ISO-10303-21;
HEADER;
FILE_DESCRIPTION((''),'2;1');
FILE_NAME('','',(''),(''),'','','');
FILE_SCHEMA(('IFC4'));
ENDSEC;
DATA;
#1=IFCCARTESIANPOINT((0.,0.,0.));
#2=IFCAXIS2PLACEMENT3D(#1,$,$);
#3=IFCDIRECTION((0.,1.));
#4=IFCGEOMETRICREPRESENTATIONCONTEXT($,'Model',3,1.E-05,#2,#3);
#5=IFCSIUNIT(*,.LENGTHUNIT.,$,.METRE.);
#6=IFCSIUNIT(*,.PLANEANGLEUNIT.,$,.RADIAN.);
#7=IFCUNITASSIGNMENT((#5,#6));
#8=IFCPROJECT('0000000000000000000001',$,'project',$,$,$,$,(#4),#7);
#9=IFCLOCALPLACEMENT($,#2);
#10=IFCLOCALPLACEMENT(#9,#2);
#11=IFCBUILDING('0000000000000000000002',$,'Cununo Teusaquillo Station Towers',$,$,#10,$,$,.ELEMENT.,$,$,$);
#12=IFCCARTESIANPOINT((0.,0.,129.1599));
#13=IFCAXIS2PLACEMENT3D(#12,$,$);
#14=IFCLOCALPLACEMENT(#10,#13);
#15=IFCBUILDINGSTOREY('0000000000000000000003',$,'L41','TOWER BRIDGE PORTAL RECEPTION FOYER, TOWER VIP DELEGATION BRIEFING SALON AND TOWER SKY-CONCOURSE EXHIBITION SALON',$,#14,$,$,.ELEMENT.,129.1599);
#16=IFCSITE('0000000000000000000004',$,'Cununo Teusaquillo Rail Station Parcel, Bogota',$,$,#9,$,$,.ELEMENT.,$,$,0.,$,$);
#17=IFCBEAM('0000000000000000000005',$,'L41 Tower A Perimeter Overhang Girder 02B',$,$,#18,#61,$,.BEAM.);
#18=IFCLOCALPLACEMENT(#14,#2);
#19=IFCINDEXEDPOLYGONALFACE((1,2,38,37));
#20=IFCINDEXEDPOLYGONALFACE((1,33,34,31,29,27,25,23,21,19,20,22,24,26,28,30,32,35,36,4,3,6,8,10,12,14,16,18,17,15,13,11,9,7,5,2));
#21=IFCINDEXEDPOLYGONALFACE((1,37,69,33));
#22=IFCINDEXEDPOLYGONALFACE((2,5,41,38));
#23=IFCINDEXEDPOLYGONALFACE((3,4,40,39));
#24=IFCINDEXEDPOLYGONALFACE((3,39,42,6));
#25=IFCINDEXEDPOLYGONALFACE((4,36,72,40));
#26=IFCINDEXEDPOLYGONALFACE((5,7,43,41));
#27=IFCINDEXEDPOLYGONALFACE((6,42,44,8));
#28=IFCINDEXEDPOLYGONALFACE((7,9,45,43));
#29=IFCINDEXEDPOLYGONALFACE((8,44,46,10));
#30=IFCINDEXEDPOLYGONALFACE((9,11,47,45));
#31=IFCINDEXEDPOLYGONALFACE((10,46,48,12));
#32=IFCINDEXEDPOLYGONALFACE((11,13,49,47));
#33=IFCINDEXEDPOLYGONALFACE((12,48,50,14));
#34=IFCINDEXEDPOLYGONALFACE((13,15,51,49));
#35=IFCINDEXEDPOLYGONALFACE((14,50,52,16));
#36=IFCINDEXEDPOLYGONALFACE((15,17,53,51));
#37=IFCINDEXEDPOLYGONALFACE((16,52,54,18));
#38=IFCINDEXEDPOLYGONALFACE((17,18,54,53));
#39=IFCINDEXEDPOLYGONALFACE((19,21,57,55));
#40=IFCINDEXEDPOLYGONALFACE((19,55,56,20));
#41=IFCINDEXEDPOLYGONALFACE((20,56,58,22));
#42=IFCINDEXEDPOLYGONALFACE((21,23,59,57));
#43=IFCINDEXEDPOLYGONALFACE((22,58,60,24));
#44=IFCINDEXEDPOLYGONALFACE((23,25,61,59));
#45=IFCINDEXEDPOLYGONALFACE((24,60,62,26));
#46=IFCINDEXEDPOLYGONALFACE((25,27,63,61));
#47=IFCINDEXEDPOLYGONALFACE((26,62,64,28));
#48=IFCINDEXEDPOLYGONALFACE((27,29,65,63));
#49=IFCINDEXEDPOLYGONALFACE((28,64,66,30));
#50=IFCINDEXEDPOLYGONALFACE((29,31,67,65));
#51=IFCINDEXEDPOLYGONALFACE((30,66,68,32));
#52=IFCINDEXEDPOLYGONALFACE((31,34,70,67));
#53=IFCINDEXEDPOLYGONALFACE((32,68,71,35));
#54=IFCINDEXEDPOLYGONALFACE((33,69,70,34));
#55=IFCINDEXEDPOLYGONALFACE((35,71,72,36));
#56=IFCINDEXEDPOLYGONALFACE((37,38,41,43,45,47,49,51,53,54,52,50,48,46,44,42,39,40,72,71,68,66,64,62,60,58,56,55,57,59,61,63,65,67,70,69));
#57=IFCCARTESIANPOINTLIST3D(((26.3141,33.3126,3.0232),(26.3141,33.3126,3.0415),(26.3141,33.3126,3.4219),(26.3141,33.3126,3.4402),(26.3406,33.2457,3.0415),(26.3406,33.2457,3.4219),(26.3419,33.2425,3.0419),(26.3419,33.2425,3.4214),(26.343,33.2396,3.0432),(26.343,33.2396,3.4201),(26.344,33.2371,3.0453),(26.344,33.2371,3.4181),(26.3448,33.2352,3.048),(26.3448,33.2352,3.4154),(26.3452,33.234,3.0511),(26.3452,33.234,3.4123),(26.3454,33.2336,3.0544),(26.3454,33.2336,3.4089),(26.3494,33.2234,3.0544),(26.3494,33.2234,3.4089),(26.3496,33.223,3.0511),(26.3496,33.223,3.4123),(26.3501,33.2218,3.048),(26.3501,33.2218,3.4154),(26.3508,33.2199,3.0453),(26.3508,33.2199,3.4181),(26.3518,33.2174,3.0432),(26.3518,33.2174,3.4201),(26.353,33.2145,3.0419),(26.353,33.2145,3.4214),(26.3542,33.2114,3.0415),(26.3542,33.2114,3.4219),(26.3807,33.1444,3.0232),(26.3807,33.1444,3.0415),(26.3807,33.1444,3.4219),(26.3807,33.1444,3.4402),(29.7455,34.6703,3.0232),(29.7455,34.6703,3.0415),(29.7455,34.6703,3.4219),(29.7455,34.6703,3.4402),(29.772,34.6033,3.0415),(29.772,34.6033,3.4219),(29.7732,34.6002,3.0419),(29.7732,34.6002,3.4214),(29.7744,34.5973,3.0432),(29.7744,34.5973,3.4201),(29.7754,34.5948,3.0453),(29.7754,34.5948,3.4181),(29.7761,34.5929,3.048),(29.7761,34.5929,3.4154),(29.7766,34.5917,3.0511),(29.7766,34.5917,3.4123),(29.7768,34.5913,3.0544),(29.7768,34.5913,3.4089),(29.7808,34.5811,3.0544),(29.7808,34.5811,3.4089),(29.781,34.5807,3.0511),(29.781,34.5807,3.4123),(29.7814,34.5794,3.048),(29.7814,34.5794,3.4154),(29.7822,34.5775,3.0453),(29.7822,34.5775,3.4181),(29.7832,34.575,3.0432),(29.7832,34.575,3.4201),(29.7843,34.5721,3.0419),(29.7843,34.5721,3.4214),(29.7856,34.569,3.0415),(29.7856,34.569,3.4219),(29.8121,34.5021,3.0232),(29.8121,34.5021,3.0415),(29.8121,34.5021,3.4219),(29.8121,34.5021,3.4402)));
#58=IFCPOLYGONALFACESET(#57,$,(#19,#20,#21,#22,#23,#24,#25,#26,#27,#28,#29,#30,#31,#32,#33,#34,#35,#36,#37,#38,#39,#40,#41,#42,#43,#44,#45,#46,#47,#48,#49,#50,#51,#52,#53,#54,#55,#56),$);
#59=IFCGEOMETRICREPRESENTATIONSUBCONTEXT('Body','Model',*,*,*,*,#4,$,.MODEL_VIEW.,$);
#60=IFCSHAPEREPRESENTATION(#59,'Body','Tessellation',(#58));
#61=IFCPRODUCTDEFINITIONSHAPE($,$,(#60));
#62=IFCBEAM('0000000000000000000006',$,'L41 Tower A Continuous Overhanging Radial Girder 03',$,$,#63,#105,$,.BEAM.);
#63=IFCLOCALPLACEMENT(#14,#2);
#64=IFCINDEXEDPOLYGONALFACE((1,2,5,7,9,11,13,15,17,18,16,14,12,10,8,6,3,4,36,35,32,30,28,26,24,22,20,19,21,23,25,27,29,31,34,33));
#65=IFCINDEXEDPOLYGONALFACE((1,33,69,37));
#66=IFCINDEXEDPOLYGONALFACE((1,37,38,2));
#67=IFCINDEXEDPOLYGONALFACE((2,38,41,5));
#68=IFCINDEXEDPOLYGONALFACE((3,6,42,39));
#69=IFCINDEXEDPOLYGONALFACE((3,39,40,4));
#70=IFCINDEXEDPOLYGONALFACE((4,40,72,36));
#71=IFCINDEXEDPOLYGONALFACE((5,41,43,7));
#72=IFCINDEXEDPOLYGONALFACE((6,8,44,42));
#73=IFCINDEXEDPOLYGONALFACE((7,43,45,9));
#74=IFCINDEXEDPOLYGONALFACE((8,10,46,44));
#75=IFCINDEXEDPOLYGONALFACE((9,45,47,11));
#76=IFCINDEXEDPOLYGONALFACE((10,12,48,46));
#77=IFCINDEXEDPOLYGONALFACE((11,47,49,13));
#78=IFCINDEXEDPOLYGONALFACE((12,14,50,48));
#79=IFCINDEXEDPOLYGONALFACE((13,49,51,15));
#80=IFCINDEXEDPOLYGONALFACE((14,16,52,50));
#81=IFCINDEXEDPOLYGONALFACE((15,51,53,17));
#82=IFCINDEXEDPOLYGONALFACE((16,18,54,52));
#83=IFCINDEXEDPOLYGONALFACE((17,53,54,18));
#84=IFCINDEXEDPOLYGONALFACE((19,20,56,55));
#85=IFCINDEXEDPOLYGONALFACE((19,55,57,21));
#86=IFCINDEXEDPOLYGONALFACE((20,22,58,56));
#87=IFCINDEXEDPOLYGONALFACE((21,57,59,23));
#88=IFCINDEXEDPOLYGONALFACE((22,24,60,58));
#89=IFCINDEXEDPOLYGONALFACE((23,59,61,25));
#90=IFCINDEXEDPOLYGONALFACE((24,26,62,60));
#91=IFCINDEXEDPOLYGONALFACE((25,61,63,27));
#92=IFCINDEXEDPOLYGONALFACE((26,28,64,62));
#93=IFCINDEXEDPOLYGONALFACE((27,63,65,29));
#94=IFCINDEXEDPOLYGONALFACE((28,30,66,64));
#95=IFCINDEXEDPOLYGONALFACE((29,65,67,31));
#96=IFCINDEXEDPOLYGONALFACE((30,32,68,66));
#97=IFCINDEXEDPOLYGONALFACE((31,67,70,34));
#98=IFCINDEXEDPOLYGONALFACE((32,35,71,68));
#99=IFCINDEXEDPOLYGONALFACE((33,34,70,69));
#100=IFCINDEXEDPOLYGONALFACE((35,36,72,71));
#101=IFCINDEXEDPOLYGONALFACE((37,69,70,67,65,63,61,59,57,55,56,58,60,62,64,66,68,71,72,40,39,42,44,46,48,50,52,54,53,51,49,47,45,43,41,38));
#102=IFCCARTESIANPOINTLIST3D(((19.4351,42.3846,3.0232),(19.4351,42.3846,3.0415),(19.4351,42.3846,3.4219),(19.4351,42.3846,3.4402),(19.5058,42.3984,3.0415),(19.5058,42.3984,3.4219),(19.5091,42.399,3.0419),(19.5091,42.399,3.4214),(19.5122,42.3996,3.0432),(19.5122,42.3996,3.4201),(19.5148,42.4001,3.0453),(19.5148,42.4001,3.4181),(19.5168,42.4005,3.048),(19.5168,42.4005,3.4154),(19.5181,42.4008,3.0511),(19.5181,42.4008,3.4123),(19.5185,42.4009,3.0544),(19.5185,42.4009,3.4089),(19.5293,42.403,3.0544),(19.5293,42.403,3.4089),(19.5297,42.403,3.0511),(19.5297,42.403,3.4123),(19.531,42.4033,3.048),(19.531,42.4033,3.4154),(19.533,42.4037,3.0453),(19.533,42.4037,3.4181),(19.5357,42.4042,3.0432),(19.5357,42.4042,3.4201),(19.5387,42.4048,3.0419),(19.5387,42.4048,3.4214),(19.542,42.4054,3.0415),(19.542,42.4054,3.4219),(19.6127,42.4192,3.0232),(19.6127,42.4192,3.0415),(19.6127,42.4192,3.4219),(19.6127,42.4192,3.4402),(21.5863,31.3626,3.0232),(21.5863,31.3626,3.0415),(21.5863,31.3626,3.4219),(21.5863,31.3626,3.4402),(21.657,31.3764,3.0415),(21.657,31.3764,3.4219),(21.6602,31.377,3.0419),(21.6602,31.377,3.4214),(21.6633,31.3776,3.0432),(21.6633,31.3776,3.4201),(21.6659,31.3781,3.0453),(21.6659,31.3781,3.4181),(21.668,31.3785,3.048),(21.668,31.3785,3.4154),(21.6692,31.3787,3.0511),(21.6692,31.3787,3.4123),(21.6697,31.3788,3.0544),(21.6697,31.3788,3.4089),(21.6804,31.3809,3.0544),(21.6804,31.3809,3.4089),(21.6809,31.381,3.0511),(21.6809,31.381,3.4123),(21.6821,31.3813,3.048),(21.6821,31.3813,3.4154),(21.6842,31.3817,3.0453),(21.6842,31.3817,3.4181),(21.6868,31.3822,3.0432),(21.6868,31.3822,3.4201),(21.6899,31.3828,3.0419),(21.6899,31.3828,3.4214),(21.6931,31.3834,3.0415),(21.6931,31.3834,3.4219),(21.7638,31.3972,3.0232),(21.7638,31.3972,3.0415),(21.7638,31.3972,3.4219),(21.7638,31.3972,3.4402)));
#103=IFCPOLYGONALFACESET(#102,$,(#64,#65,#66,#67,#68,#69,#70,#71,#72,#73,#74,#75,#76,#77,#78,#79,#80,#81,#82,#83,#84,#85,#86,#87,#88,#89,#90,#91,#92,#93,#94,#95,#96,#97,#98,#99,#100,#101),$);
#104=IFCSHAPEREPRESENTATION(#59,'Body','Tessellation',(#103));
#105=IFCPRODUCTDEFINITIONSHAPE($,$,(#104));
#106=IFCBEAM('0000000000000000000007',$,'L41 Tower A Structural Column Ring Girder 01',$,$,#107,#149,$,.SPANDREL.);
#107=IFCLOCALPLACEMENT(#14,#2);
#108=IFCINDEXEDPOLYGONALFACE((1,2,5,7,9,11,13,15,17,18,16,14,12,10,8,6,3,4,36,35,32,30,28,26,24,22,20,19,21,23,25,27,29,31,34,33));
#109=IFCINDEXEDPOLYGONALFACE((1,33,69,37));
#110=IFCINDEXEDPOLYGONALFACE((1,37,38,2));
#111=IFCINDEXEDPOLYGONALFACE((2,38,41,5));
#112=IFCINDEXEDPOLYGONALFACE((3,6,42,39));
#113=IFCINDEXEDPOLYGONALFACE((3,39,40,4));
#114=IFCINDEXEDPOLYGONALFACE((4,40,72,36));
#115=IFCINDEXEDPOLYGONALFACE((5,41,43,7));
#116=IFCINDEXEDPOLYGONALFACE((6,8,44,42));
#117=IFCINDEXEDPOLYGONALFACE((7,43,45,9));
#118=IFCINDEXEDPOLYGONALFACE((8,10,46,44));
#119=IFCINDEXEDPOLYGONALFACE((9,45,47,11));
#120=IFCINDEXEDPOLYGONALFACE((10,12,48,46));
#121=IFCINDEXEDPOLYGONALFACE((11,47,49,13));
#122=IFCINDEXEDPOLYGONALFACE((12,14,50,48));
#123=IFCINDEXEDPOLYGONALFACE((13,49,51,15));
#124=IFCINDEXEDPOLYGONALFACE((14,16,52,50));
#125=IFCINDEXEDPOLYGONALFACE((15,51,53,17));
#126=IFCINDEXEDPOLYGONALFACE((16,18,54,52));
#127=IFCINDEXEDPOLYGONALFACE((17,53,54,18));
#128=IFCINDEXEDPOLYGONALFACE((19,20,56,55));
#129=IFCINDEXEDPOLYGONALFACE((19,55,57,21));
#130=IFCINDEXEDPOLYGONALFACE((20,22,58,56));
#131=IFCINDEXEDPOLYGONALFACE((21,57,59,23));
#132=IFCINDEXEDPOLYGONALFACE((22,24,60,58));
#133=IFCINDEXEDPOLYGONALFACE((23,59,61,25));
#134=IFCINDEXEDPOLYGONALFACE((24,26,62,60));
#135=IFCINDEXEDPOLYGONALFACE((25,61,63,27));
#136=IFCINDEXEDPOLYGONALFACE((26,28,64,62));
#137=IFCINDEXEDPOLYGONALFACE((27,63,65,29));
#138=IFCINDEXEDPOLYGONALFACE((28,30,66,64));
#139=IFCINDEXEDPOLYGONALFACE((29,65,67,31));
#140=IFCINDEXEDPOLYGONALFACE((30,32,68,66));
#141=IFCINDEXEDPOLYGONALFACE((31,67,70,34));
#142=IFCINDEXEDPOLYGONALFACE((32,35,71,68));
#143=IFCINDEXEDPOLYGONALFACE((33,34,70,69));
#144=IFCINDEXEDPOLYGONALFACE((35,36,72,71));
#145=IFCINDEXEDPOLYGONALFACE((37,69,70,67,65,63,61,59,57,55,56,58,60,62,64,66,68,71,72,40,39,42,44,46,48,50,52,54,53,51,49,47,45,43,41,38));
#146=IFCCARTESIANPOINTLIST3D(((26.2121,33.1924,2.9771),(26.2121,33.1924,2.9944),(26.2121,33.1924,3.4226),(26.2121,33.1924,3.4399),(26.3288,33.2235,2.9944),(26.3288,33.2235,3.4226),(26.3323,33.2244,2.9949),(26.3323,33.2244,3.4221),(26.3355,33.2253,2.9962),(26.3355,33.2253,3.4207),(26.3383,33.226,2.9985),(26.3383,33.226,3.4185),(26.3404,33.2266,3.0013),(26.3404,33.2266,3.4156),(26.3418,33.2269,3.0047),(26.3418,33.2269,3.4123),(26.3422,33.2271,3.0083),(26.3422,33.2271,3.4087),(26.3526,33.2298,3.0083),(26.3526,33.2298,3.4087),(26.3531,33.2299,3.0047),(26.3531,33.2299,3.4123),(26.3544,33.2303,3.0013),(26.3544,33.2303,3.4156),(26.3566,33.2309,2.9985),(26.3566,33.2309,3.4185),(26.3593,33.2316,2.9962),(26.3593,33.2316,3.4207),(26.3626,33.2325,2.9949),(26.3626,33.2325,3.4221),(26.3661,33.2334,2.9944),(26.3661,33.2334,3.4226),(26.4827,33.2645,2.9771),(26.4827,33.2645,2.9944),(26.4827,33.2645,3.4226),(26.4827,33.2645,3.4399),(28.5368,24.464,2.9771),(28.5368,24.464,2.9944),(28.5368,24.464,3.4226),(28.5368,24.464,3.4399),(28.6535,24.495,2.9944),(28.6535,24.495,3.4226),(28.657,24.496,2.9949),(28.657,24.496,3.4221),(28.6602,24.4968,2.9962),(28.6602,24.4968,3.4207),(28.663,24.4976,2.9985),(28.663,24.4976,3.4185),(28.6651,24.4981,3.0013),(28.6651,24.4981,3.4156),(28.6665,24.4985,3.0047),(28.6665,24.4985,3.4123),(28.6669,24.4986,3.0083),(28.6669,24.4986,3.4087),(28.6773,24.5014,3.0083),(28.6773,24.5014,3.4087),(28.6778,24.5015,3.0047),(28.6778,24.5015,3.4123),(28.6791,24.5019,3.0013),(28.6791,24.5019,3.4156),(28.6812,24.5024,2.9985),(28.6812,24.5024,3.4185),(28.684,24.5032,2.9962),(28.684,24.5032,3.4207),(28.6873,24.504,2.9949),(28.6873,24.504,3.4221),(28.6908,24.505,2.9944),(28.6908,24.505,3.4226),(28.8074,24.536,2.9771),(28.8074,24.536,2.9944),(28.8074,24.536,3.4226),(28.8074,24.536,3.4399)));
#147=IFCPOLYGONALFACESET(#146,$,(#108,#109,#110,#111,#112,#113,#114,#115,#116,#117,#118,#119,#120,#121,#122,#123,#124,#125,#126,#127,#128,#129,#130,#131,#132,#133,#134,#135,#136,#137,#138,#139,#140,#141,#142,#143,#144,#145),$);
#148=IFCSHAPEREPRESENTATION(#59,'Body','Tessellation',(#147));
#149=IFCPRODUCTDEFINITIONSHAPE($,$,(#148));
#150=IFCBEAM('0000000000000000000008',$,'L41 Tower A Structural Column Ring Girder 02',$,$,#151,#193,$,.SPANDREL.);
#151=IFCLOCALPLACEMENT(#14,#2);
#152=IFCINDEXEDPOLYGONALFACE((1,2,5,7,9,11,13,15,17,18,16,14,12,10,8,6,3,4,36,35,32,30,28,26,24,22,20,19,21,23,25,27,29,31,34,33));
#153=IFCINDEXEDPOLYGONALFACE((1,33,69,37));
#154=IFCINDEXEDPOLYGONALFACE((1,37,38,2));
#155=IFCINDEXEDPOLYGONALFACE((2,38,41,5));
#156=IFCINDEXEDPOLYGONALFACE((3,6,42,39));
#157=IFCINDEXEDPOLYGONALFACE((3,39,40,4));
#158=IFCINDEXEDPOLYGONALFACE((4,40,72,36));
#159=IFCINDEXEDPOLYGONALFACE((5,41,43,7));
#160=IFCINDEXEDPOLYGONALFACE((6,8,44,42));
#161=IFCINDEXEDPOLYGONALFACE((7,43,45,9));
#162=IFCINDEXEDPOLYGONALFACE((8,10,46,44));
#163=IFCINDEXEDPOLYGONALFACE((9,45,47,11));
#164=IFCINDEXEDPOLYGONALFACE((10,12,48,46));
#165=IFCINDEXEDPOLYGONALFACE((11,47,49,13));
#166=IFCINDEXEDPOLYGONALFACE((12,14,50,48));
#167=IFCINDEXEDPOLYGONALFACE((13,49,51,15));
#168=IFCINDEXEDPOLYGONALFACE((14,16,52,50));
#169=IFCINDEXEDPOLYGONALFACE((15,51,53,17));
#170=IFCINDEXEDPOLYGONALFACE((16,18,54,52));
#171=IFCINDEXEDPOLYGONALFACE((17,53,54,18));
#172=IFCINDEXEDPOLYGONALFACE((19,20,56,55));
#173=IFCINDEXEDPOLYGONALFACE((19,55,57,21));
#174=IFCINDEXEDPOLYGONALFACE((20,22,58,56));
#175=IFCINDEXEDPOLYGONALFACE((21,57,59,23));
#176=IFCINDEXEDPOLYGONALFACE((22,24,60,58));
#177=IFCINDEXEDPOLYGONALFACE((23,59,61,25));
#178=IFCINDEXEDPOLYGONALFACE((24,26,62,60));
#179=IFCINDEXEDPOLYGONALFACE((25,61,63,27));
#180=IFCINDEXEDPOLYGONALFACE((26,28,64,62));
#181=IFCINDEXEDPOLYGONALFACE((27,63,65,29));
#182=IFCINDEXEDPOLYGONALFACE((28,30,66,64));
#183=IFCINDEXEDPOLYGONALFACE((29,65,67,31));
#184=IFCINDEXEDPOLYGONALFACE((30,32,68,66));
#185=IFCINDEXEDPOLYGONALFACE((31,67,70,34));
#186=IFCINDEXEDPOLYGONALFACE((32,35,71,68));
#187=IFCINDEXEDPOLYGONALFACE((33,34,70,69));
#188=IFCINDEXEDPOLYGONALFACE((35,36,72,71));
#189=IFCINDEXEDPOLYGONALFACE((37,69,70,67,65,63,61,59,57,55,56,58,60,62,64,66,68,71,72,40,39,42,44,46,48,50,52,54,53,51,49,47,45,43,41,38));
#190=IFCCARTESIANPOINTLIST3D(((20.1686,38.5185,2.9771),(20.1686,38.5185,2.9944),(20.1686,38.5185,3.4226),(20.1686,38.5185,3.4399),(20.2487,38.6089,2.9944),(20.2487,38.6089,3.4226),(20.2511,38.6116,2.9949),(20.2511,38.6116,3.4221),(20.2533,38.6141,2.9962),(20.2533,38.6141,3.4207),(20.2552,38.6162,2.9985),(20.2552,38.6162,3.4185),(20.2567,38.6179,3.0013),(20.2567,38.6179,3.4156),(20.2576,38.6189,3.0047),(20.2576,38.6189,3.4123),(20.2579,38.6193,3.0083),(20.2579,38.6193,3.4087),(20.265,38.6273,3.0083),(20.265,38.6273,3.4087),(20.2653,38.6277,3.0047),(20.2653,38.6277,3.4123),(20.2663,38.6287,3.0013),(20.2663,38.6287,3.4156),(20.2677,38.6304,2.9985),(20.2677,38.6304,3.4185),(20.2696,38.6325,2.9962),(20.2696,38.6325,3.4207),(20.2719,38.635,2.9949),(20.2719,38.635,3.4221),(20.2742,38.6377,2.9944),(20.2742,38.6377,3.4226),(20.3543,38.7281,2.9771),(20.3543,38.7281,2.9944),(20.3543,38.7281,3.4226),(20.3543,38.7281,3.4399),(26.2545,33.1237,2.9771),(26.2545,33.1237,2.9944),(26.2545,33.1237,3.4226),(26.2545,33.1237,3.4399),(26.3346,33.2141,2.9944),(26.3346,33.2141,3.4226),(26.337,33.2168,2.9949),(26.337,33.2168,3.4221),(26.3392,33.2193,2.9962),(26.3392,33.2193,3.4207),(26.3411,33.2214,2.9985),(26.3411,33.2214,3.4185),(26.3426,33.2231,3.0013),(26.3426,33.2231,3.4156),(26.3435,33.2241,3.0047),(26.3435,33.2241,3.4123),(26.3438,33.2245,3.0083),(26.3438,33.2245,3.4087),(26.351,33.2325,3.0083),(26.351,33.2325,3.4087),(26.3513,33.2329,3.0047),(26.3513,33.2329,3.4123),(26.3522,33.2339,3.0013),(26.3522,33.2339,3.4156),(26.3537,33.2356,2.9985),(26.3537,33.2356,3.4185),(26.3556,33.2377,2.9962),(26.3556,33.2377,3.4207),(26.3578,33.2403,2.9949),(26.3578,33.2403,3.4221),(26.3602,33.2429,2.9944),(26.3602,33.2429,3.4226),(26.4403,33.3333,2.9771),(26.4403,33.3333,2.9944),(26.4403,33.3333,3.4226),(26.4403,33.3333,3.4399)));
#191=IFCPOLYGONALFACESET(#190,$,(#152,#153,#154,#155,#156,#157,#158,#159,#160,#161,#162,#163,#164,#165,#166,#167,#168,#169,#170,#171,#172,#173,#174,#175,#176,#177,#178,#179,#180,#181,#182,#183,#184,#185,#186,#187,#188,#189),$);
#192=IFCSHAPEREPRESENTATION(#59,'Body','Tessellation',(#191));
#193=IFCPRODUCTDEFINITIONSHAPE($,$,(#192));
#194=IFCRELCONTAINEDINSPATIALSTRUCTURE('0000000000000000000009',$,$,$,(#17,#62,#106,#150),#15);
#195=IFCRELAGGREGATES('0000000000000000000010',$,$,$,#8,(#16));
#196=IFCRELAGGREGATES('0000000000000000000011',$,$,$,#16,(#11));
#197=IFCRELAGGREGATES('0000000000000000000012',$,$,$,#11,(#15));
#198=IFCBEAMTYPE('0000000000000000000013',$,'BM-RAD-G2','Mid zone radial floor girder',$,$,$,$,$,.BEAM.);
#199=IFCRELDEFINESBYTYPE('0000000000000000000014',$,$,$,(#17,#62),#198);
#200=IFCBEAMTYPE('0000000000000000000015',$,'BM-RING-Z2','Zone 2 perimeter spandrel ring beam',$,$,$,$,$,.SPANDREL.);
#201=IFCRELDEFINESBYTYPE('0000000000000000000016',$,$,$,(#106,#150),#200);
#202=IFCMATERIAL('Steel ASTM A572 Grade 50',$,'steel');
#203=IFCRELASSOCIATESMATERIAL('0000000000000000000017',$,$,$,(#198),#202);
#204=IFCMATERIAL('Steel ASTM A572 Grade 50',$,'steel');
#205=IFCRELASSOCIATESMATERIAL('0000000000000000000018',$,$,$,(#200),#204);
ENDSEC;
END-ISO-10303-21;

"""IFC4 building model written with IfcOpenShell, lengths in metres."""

from ifc_helpers import new_model, si_unit, direction, frame, origin, origin_2d, place, context, subcontext, project, spatial, i_section, extrude, material, material_profile, profile_set, type_object, element, save


model = new_model("IFC4")

# Units and contexts
model_context = context("Model", 3, precision=1e-05, world=origin(), true_north=direction((0.0, 1.0)))
body_context = subcontext(model_context, "Body", "Model", "MODEL_VIEW")
ifc_project = project(units=[si_unit("LENGTHUNIT", "METRE"), si_unit("PLANEANGLEUNIT", "RADIAN")], contexts=[model_context])

# Site, building, storey
site_placement = place(None, origin())
site = spatial("IfcSite", under=ifc_project, at=site_placement, Name="Cununo Teusaquillo Rail Station Parcel, Bogota", CompositionType="ELEMENT", RefElevation=0.0)
building_placement = place(site_placement, origin())
building = spatial("IfcBuilding", under=site, at=building_placement, Name="Cununo Teusaquillo Station Towers", CompositionType="ELEMENT")
storey_placement = place(building_placement, frame((0.0, 0.0, 129.1599)))
storey = spatial("IfcBuildingStorey", under=building, at=storey_placement, Name="L41", Description="TOWER BRIDGE PORTAL RECEPTION FOYER, TOWER VIP DELEGATION BRIEFING SALON AND TOWER SKY-CONCOURSE EXHIBITION SALON", CompositionType="ELEMENT", Elevation=129.1599)

# Beams
ifc_material_1 = material(Name="Steel ASTM A572 Grade 50", Category="steel")
ifc_material_profile_1 = material_profile(ifc_material_1, i_section(OverallWidth=0.1809, OverallDepth=0.417, WebThickness=0.011, FlangeThickness=0.0183, FilletRadius=0.0129, at=origin_2d()), Name="W16X57")
ifc_profile_set_1 = profile_set([ifc_material_profile_1], Name="Steel ASTM A572 Grade 50")
beam_type_1 = type_object("IfcBeamType", Name="BM-RAD-G2", Description="Mid zone radial floor girder", PredefinedType="BEAM", material=ifc_profile_set_1)
beam_1_placement = place(storey_placement, frame((26.3474, 33.2285, 3.2317), z_axis=(0.929862, 0.367909, 0.0), x_axis=(-0.367909, 0.929862, 0.0)))
element("IfcBeam", 1, at=beam_1_placement, inside=storey, type_object=beam_type_1, Name="L41 Tower A Perimeter Overhang Girder 02B", PredefinedType="BEAM", context=body_context, shape_type="SweptSolid", body=[
    extrude(i_section(OverallWidth=0.1809, OverallDepth=0.417, WebThickness=0.011, FlangeThickness=0.0183, FilletRadius=0.0129, at=origin_2d()), origin(), (0.0, 0.0, 1.0), 3.6902),
])
beam_2_placement = place(storey_placement, frame((21.675, 31.3799, 3.2317), z_axis=(-0.191553, 0.981482, 0.0), x_axis=(-0.981482, -0.191553, 0.0)))
element("IfcBeam", 2, at=beam_2_placement, inside=storey, type_object=beam_type_1, Name="L41 Tower A Continuous Overhanging Radial Girder 03", PredefinedType="BEAM", context=body_context, shape_type="SweptSolid", body=[
    extrude(i_section(OverallWidth=0.1809, OverallDepth=0.417, WebThickness=0.011, FlangeThickness=0.0183, FilletRadius=0.0129, at=origin_2d()), origin(), (0.0, 0.0, 1.0), 11.23),
])
ifc_material_2 = material(Name="Steel ASTM A572 Grade 50", Category="steel")
ifc_material_profile_2 = material_profile(ifc_material_2, i_section(OverallWidth=0.28, OverallDepth=0.4629, WebThickness=0.0107, FlangeThickness=0.0173, FilletRadius=0.0139, at=origin_2d()), Name="W18X76")
ifc_profile_set_2 = profile_set([ifc_material_profile_2], Name="Steel ASTM A572 Grade 50")
beam_type_2 = type_object("IfcBeamType", Name="BM-RING-Z2", Description="Zone 2 perimeter spandrel ring beam", PredefinedType="SPANDREL", material=ifc_profile_set_2)
beam_3_placement = place(storey_placement, frame((28.6721, 24.5, 3.2085), z_axis=(-0.257363, 0.966315, 0.0), x_axis=(-0.966315, -0.257363, 0.0)))
element("IfcBeam", 3, at=beam_3_placement, inside=storey, type_object=beam_type_2, Name="L41 Tower A Structural Column Ring Girder 01", PredefinedType="SPANDREL", context=body_context, shape_type="SweptSolid", body=[
    extrude(i_section(OverallWidth=0.28, OverallDepth=0.4629, WebThickness=0.0107, FlangeThickness=0.0173, FilletRadius=0.0139, at=origin_2d()), origin(), (0.0, 0.0, 1.0), 9.0327),
])
beam_4_placement = place(storey_placement, frame((26.3474, 33.2285, 3.2085), z_axis=(-0.748321, 0.663337, 0.0), x_axis=(-0.663337, -0.748321, 0.0)))
element("IfcBeam", 4, at=beam_4_placement, inside=storey, type_object=beam_type_2, Name="L41 Tower A Structural Column Ring Girder 02", PredefinedType="SPANDREL", context=body_context, shape_type="SweptSolid", body=[
    extrude(i_section(OverallWidth=0.28, OverallDepth=0.4629, WebThickness=0.0107, FlangeThickness=0.0173, FilletRadius=0.0139, at=origin_2d()), origin(), (0.0, 0.0, 1.0), 8.1328),
])

save(model, "model.ifc")
